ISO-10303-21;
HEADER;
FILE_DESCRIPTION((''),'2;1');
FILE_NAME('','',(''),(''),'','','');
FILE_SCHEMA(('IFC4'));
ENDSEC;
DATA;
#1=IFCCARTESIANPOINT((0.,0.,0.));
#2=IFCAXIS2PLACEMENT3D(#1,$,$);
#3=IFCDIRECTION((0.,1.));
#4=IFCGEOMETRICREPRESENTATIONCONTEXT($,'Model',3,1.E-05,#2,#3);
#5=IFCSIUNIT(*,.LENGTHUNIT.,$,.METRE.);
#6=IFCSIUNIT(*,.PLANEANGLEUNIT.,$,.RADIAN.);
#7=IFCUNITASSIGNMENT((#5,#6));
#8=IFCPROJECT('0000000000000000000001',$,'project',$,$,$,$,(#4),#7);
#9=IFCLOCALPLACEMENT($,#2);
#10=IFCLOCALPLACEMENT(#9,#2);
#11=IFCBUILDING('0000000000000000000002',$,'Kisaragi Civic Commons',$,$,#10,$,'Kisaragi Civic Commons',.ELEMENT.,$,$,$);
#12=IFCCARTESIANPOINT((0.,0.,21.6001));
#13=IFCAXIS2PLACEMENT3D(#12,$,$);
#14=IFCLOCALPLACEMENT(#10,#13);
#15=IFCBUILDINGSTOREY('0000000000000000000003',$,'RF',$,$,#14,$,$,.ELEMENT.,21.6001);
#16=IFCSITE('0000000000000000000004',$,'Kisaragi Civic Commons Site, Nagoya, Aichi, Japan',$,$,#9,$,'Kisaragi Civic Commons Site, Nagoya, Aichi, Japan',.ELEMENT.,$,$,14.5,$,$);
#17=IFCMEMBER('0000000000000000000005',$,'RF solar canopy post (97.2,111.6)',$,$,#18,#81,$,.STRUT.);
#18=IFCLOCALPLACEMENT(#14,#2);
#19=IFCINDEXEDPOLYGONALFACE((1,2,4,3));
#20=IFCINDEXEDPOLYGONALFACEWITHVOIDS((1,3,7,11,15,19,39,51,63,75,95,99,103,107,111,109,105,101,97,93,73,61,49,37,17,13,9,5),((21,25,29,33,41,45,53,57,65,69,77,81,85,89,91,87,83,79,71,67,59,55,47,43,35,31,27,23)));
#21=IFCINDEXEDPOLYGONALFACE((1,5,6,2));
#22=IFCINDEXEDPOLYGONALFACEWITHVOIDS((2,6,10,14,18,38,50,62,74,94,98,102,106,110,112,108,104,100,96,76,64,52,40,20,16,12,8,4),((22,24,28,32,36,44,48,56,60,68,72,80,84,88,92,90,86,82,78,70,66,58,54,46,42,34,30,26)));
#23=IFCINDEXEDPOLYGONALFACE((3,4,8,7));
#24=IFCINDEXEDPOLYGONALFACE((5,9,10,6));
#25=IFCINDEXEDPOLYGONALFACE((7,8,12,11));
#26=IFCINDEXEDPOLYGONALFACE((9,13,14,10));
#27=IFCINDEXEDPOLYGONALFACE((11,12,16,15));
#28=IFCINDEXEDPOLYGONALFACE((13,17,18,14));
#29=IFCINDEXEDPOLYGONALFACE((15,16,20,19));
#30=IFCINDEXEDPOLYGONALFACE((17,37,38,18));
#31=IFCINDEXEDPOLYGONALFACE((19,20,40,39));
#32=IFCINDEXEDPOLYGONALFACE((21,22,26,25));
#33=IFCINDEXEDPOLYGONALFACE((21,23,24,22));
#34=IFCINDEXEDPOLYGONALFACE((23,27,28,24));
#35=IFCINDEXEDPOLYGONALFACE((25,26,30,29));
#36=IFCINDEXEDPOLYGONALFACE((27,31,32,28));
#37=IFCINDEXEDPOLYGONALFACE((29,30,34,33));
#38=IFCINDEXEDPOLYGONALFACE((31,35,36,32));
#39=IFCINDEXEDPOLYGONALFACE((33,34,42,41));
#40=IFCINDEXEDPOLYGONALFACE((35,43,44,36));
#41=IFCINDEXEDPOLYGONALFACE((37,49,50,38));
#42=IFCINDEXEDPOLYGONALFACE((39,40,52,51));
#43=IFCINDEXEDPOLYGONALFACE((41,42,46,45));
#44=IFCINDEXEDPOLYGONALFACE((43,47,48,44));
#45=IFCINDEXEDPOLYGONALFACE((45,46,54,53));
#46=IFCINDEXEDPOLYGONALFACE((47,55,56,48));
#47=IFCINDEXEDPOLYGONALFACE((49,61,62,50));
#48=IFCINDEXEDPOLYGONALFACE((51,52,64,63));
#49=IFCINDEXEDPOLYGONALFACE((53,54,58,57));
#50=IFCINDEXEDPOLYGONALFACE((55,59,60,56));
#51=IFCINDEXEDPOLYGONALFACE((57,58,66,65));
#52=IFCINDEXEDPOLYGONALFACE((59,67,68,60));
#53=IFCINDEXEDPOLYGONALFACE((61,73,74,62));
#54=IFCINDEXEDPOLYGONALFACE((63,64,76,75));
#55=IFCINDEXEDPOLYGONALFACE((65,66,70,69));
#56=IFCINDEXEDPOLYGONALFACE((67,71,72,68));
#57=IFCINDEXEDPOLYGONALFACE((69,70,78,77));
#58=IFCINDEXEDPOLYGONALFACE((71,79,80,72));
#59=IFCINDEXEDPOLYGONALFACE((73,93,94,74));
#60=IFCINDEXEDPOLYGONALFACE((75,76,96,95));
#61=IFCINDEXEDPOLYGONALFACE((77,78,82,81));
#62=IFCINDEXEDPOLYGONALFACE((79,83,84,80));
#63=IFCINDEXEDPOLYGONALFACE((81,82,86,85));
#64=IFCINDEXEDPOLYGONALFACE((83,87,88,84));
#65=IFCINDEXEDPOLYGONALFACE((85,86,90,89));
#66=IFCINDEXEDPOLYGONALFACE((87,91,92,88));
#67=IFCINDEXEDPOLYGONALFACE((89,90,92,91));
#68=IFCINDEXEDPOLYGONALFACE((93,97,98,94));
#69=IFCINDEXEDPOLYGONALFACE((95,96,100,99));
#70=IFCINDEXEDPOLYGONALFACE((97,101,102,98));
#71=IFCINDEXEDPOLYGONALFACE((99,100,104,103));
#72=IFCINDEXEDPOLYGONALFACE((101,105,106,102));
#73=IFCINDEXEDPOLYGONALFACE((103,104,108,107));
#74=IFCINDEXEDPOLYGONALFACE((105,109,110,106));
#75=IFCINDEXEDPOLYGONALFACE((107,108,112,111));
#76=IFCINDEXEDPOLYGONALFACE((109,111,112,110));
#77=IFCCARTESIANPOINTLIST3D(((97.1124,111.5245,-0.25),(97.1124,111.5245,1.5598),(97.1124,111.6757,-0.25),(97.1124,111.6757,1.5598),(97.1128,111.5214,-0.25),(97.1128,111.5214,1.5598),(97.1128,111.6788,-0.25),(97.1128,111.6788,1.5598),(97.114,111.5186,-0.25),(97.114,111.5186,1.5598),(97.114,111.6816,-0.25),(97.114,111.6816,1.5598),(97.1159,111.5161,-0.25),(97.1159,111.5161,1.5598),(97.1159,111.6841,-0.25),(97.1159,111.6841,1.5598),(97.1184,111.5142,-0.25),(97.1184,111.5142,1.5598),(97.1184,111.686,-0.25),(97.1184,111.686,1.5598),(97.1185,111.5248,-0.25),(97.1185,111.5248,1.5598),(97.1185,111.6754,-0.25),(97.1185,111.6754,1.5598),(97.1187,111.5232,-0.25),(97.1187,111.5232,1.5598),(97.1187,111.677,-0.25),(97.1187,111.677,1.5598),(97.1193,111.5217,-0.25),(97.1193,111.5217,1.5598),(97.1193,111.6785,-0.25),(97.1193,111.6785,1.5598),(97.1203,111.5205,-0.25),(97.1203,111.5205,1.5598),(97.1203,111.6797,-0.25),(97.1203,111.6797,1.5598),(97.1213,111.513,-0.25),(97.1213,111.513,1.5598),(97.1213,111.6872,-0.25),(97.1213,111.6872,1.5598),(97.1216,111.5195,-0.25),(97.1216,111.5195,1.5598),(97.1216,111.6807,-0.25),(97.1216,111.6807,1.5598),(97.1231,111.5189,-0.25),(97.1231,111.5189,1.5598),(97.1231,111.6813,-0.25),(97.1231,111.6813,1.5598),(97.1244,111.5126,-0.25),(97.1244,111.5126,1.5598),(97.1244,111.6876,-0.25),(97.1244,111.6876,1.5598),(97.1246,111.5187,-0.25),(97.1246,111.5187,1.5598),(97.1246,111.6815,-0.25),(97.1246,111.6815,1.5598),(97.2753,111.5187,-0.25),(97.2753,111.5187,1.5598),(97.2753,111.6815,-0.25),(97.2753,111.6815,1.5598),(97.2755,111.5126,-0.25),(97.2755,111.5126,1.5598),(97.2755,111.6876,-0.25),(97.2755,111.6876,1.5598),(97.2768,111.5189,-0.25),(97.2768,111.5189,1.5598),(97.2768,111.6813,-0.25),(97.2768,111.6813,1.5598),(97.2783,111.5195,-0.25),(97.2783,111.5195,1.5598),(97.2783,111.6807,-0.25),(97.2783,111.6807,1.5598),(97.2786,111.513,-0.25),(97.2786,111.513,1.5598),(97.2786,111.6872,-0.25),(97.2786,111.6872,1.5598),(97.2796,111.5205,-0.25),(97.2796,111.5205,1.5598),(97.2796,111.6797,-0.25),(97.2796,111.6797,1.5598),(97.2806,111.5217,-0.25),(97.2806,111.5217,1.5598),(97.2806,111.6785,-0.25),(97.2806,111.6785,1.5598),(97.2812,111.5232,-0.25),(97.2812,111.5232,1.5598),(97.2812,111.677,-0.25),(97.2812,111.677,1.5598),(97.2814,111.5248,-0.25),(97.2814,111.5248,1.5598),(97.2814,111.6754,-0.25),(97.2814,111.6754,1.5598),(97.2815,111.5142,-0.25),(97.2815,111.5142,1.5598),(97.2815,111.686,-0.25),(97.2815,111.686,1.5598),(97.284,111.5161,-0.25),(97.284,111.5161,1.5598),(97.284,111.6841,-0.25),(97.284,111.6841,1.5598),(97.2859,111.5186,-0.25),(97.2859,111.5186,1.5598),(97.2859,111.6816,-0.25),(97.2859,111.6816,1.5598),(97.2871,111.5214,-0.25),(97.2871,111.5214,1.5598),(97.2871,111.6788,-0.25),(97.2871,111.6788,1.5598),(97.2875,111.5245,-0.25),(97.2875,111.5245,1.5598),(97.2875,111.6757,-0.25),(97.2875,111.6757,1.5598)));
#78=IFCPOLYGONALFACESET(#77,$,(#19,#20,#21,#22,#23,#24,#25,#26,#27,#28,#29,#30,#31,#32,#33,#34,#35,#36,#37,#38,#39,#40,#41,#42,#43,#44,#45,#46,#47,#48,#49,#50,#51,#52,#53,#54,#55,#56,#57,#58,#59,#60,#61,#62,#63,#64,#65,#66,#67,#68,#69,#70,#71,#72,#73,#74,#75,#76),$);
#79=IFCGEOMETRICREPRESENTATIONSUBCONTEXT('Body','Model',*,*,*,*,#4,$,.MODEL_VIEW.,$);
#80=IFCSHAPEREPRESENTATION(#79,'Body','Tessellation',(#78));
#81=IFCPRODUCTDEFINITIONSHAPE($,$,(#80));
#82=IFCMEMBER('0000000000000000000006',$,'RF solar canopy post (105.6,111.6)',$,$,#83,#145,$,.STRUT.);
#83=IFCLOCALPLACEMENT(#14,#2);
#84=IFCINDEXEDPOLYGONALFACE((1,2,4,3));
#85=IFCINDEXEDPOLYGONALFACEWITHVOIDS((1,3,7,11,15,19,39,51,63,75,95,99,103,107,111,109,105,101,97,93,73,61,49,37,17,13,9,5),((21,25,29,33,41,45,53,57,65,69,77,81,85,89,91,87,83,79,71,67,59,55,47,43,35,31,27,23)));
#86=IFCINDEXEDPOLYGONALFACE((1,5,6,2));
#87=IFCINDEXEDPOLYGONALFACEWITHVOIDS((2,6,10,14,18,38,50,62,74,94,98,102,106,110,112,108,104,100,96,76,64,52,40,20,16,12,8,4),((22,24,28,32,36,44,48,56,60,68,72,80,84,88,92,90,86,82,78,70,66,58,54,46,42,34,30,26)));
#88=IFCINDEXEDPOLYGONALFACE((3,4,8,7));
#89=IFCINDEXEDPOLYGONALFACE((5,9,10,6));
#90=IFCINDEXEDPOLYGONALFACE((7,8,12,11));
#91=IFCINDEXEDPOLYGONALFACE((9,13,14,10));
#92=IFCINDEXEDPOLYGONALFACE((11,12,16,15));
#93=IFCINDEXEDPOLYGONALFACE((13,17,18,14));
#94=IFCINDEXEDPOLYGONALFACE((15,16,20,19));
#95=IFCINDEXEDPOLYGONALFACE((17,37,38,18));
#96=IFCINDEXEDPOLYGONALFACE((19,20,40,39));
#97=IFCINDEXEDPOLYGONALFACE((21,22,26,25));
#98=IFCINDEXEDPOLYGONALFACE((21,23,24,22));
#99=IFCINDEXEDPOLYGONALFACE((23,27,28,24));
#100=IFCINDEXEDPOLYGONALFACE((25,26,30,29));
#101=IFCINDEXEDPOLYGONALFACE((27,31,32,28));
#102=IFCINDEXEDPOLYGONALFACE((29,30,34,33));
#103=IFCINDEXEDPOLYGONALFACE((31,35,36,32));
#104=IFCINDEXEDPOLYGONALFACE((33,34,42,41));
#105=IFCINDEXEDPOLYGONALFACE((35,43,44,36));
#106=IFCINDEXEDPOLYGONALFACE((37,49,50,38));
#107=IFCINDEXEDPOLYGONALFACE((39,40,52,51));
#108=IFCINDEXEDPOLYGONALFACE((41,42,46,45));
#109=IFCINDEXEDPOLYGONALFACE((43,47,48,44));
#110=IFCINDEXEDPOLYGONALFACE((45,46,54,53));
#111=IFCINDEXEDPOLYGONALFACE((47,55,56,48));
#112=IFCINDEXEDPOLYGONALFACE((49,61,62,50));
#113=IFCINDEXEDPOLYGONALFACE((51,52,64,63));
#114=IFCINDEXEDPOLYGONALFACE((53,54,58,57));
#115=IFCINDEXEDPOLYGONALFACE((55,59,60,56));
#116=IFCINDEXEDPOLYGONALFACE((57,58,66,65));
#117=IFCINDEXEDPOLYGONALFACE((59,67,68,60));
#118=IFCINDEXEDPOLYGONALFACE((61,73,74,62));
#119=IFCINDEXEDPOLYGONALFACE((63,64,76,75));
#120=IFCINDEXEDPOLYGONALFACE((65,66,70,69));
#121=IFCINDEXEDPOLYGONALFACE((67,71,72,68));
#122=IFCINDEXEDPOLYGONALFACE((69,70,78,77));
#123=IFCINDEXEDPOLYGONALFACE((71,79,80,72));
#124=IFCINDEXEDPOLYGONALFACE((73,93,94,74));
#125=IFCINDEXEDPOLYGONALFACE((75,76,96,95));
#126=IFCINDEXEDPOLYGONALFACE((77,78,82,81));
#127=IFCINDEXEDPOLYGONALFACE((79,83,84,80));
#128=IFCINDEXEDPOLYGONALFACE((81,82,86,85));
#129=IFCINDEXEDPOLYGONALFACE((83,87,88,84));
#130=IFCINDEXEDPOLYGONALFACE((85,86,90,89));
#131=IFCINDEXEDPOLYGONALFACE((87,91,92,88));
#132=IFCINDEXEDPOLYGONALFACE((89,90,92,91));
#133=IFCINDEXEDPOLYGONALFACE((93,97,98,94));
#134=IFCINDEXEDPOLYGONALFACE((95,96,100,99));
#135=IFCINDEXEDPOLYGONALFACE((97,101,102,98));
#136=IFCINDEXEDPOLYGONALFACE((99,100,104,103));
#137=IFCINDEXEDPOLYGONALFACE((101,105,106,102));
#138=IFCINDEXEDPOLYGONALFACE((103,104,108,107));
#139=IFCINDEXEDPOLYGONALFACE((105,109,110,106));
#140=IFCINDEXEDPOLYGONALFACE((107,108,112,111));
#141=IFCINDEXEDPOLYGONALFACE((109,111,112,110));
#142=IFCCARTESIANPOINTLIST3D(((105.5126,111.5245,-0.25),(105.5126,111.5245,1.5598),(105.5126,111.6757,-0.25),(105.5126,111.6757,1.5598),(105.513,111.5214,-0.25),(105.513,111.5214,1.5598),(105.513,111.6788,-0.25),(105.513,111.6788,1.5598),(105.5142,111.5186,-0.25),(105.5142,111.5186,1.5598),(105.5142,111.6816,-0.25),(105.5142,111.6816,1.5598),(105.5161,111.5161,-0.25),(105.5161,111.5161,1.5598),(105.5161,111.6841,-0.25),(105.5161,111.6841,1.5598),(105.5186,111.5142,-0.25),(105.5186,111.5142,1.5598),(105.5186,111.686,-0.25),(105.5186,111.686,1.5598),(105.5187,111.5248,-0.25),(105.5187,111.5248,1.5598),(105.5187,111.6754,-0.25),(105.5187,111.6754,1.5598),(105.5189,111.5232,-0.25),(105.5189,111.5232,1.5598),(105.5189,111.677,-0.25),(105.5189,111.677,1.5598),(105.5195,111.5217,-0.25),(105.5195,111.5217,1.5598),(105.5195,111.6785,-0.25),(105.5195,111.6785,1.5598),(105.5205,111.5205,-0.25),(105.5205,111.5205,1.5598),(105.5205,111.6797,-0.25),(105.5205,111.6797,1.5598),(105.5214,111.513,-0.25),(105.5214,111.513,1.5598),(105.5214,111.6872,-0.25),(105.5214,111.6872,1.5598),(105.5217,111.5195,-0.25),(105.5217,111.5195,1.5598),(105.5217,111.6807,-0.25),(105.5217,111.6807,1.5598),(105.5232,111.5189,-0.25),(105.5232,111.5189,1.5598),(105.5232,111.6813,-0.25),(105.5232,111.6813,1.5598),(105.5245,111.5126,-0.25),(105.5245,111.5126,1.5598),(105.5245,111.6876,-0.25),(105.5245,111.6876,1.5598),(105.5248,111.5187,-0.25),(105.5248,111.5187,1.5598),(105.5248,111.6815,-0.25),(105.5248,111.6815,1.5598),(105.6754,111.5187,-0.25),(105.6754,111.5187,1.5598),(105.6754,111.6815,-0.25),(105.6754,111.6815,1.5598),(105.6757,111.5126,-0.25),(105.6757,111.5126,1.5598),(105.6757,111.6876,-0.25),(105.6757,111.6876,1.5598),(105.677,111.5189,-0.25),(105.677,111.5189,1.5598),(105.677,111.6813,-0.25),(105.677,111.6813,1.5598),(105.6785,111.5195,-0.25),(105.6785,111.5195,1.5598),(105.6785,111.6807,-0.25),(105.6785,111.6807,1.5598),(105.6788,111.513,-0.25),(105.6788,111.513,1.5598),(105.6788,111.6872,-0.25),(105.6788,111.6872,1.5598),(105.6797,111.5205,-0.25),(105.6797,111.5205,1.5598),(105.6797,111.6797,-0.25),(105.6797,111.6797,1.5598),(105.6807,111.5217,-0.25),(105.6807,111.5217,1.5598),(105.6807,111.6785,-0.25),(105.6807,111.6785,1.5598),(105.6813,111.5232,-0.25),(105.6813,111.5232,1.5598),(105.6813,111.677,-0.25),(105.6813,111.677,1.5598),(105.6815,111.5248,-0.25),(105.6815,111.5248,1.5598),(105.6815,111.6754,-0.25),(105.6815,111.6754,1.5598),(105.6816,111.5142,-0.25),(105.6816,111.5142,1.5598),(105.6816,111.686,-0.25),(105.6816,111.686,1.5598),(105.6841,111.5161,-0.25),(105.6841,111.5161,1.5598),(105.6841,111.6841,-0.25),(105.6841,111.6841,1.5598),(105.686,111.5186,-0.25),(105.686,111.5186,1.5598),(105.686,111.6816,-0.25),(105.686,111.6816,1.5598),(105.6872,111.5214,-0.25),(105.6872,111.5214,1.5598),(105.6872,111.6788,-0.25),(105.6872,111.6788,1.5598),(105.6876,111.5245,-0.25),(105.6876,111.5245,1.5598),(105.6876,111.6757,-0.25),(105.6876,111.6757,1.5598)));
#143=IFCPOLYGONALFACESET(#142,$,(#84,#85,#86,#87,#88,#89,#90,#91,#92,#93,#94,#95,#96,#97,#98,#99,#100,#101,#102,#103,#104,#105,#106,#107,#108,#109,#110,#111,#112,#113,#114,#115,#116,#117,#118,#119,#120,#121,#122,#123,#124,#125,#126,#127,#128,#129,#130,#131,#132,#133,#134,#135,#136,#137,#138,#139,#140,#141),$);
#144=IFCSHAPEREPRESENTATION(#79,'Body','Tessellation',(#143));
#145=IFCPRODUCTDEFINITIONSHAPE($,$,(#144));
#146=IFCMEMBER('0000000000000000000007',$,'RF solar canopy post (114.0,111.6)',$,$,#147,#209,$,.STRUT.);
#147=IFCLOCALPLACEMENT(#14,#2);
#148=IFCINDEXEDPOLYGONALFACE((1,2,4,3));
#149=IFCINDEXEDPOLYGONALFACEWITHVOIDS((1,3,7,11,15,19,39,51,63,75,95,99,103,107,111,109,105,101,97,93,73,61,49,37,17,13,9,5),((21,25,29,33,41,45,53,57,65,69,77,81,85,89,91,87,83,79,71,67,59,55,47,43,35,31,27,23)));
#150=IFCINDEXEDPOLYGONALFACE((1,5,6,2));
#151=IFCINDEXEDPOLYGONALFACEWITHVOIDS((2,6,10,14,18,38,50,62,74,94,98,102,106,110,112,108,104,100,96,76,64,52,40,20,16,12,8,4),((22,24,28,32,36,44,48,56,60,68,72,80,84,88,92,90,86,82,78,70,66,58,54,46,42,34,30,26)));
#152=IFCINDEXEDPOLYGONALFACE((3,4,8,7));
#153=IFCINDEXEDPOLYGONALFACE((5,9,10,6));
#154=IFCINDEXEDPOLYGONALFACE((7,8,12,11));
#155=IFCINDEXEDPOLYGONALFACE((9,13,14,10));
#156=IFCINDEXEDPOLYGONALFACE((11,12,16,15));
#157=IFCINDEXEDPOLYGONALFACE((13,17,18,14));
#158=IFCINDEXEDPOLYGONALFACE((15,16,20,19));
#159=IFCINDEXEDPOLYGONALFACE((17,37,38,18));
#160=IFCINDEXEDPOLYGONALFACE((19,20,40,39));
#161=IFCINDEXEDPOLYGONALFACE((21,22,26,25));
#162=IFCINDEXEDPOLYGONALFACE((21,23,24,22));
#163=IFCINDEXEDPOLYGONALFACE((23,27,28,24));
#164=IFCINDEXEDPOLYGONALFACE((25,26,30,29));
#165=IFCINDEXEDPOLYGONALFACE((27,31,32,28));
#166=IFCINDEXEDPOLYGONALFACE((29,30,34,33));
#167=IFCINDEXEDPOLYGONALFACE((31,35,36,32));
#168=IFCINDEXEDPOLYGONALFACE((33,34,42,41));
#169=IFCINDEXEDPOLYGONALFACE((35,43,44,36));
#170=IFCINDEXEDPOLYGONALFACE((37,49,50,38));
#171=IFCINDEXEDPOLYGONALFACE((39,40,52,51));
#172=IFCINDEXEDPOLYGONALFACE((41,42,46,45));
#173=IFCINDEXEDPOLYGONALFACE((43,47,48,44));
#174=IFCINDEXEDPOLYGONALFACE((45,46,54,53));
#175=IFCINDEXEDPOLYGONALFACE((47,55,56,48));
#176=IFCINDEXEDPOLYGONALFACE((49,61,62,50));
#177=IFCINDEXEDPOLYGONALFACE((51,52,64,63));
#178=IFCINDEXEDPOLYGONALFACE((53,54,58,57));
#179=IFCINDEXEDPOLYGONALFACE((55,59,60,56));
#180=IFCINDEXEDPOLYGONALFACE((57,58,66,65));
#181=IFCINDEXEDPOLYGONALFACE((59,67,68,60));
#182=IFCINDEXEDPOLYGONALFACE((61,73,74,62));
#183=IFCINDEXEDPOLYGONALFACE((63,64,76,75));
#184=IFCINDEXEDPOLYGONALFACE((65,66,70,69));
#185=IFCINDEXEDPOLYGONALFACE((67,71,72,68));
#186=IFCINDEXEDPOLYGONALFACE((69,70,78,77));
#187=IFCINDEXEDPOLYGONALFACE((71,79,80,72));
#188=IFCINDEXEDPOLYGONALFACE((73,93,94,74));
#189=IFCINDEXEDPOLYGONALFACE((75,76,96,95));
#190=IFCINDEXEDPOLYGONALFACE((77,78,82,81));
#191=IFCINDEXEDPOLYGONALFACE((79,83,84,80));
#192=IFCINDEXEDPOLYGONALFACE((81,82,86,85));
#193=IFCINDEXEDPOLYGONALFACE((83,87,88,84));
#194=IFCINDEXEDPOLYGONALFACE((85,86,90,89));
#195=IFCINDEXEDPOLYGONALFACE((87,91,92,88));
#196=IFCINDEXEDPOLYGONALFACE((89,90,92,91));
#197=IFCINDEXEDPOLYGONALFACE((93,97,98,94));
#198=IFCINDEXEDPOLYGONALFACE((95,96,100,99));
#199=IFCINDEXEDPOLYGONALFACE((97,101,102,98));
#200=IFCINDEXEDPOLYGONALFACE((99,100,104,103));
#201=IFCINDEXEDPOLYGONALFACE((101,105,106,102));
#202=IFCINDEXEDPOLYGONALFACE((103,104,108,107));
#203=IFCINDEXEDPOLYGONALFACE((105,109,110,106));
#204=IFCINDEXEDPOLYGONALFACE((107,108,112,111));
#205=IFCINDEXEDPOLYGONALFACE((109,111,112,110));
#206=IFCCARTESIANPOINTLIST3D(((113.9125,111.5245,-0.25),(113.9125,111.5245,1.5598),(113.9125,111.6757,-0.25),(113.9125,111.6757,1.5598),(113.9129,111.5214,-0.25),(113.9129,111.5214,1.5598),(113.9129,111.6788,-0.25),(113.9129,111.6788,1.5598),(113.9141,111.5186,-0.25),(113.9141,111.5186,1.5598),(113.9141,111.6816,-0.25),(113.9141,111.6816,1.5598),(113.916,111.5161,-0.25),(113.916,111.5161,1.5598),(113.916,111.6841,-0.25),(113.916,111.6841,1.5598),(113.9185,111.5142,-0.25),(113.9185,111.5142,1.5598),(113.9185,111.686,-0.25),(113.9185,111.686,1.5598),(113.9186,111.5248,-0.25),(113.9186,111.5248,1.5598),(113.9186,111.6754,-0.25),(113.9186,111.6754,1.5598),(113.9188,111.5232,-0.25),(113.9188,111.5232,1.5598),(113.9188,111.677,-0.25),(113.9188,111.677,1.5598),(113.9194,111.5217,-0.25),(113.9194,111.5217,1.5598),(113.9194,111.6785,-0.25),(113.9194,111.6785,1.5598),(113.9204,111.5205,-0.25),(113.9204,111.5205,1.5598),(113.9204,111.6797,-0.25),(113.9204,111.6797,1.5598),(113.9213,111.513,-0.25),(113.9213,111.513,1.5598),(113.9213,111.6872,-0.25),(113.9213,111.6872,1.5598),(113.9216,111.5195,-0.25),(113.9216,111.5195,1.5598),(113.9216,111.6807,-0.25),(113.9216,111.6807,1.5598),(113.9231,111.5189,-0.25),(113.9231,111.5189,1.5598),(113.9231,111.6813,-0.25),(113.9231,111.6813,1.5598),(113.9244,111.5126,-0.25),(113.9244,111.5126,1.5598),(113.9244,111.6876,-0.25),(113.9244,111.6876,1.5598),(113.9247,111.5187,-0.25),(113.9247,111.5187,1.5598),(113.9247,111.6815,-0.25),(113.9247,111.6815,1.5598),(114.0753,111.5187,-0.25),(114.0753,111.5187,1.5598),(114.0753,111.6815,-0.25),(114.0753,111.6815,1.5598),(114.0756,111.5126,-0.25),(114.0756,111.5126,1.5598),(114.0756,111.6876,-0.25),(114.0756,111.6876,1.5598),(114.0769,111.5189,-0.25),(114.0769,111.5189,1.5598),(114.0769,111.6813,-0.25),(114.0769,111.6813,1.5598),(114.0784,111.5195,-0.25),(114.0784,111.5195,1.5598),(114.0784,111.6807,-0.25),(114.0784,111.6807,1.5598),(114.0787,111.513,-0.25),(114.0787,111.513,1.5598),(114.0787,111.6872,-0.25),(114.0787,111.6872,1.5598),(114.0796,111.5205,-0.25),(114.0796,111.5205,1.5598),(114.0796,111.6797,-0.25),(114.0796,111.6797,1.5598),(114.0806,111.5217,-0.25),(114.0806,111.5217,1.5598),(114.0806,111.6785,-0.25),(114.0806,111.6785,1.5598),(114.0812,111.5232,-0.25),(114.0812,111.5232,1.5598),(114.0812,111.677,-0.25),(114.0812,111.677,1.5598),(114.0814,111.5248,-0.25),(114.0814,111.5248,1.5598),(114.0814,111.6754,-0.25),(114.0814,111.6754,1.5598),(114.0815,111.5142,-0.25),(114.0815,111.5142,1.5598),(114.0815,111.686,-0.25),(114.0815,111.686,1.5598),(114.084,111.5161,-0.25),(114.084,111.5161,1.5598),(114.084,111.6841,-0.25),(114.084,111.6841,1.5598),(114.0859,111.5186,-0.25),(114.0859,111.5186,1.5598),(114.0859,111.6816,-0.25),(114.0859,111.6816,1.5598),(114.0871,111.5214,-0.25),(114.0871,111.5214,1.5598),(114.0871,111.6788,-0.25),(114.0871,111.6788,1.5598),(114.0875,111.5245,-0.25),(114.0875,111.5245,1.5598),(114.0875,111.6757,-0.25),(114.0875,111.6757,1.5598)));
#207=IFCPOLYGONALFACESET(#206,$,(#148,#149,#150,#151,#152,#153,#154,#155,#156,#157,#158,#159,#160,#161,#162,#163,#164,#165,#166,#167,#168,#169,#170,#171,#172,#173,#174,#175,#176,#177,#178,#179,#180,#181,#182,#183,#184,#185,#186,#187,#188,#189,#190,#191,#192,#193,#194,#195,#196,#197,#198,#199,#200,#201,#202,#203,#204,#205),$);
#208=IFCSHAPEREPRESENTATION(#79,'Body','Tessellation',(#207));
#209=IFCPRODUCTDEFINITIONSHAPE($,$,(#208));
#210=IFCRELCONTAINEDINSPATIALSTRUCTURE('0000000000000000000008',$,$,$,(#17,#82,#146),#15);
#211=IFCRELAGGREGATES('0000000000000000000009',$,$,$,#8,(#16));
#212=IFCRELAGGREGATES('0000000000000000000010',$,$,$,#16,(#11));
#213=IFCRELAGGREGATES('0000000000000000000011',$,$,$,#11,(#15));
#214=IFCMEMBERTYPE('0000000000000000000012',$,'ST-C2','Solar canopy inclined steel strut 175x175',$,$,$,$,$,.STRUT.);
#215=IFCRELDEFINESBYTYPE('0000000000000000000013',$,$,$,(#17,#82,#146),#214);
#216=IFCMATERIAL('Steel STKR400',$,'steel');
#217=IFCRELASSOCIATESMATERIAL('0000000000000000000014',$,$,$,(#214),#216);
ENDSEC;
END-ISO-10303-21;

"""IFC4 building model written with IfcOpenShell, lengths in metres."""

from ifc_helpers import new_model, si_unit, direction, frame, origin, origin_2d, place, context, subcontext, project, spatial, hollow_rectangle, extrude, material, material_profile, profile_set, type_object, element, save


model = new_model("IFC4")

# Units and contexts
model_context = context("Model", 3, precision=1e-05, world=origin(), true_north=direction((0.0, 1.0)))
body_context = subcontext(model_context, "Body", "Model", "MODEL_VIEW")
ifc_project = project(units=[si_unit("LENGTHUNIT", "METRE"), si_unit("PLANEANGLEUNIT", "RADIAN")], contexts=[model_context])

# Site, building, storey
site_placement = place(None, origin())
site = spatial("IfcSite", under=ifc_project, at=site_placement, Name="Kisaragi Civic Commons Site, Nagoya, Aichi, Japan", LongName="Kisaragi Civic Commons Site, Nagoya, Aichi, Japan", CompositionType="ELEMENT", RefElevation=14.5)
building_placement = place(site_placement, origin())
building = spatial("IfcBuilding", under=site, at=building_placement, Name="Kisaragi Civic Commons", LongName="Kisaragi Civic Commons", CompositionType="ELEMENT")
storey_placement = place(building_placement, frame((0.0, 0.0, 21.6001)))
storey = spatial("IfcBuildingStorey", under=building, at=storey_placement, Name="RF", CompositionType="ELEMENT", Elevation=21.6001)

# Members
ifc_material_1 = material(Name="Steel STKR400", Category="steel")
ifc_material_profile_1 = material_profile(ifc_material_1, hollow_rectangle(XDim=0.175, YDim=0.175, WallThickness=0.0061, InnerFilletRadius=0.0061, OuterFilletRadius=0.012, at=origin_2d()), Name="STKR-175x175x6", Category="steel")
ifc_profile_set_1 = profile_set([ifc_material_profile_1], Name="Steel STKR400")
member_type_1 = type_object("IfcMemberType", Name="ST-C2", Description="Solar canopy inclined steel strut 175x175", PredefinedType="STRUT", material=ifc_profile_set_1)
for number, where, z_axis, x_axis, name in (
    (1, (97.2, 111.6001, -0.25), (0.0, 0.0, 1.0), (1.0, 0.0, 0.0), "RF solar canopy post (97.2,111.6)"),
    (2, (105.6001, 111.6001, -0.25), (0.0, 0.0, 1.0), (1.0, 0.0, 0.0), "RF solar canopy post (105.6,111.6)"),
    (3, (114.0, 111.6001, -0.25), (0.0, 0.0, 1.0), (1.0, 0.0, 0.0), "RF solar canopy post (114.0,111.6)"),
):
    element("IfcMember", number, at=place(storey_placement, frame(where, z_axis=z_axis, x_axis=x_axis)), inside=storey, type_object=member_type_1, Name=name, PredefinedType="STRUT", context=body_context, shape_type="SweptSolid", body=[
        extrude(hollow_rectangle(XDim=0.175, YDim=0.175, WallThickness=0.0061, InnerFilletRadius=0.0061, OuterFilletRadius=0.012, at=origin_2d()), origin(), (0.0, 0.0, 1.0), 1.8098),
    ])

save(model, "model.ifc")
